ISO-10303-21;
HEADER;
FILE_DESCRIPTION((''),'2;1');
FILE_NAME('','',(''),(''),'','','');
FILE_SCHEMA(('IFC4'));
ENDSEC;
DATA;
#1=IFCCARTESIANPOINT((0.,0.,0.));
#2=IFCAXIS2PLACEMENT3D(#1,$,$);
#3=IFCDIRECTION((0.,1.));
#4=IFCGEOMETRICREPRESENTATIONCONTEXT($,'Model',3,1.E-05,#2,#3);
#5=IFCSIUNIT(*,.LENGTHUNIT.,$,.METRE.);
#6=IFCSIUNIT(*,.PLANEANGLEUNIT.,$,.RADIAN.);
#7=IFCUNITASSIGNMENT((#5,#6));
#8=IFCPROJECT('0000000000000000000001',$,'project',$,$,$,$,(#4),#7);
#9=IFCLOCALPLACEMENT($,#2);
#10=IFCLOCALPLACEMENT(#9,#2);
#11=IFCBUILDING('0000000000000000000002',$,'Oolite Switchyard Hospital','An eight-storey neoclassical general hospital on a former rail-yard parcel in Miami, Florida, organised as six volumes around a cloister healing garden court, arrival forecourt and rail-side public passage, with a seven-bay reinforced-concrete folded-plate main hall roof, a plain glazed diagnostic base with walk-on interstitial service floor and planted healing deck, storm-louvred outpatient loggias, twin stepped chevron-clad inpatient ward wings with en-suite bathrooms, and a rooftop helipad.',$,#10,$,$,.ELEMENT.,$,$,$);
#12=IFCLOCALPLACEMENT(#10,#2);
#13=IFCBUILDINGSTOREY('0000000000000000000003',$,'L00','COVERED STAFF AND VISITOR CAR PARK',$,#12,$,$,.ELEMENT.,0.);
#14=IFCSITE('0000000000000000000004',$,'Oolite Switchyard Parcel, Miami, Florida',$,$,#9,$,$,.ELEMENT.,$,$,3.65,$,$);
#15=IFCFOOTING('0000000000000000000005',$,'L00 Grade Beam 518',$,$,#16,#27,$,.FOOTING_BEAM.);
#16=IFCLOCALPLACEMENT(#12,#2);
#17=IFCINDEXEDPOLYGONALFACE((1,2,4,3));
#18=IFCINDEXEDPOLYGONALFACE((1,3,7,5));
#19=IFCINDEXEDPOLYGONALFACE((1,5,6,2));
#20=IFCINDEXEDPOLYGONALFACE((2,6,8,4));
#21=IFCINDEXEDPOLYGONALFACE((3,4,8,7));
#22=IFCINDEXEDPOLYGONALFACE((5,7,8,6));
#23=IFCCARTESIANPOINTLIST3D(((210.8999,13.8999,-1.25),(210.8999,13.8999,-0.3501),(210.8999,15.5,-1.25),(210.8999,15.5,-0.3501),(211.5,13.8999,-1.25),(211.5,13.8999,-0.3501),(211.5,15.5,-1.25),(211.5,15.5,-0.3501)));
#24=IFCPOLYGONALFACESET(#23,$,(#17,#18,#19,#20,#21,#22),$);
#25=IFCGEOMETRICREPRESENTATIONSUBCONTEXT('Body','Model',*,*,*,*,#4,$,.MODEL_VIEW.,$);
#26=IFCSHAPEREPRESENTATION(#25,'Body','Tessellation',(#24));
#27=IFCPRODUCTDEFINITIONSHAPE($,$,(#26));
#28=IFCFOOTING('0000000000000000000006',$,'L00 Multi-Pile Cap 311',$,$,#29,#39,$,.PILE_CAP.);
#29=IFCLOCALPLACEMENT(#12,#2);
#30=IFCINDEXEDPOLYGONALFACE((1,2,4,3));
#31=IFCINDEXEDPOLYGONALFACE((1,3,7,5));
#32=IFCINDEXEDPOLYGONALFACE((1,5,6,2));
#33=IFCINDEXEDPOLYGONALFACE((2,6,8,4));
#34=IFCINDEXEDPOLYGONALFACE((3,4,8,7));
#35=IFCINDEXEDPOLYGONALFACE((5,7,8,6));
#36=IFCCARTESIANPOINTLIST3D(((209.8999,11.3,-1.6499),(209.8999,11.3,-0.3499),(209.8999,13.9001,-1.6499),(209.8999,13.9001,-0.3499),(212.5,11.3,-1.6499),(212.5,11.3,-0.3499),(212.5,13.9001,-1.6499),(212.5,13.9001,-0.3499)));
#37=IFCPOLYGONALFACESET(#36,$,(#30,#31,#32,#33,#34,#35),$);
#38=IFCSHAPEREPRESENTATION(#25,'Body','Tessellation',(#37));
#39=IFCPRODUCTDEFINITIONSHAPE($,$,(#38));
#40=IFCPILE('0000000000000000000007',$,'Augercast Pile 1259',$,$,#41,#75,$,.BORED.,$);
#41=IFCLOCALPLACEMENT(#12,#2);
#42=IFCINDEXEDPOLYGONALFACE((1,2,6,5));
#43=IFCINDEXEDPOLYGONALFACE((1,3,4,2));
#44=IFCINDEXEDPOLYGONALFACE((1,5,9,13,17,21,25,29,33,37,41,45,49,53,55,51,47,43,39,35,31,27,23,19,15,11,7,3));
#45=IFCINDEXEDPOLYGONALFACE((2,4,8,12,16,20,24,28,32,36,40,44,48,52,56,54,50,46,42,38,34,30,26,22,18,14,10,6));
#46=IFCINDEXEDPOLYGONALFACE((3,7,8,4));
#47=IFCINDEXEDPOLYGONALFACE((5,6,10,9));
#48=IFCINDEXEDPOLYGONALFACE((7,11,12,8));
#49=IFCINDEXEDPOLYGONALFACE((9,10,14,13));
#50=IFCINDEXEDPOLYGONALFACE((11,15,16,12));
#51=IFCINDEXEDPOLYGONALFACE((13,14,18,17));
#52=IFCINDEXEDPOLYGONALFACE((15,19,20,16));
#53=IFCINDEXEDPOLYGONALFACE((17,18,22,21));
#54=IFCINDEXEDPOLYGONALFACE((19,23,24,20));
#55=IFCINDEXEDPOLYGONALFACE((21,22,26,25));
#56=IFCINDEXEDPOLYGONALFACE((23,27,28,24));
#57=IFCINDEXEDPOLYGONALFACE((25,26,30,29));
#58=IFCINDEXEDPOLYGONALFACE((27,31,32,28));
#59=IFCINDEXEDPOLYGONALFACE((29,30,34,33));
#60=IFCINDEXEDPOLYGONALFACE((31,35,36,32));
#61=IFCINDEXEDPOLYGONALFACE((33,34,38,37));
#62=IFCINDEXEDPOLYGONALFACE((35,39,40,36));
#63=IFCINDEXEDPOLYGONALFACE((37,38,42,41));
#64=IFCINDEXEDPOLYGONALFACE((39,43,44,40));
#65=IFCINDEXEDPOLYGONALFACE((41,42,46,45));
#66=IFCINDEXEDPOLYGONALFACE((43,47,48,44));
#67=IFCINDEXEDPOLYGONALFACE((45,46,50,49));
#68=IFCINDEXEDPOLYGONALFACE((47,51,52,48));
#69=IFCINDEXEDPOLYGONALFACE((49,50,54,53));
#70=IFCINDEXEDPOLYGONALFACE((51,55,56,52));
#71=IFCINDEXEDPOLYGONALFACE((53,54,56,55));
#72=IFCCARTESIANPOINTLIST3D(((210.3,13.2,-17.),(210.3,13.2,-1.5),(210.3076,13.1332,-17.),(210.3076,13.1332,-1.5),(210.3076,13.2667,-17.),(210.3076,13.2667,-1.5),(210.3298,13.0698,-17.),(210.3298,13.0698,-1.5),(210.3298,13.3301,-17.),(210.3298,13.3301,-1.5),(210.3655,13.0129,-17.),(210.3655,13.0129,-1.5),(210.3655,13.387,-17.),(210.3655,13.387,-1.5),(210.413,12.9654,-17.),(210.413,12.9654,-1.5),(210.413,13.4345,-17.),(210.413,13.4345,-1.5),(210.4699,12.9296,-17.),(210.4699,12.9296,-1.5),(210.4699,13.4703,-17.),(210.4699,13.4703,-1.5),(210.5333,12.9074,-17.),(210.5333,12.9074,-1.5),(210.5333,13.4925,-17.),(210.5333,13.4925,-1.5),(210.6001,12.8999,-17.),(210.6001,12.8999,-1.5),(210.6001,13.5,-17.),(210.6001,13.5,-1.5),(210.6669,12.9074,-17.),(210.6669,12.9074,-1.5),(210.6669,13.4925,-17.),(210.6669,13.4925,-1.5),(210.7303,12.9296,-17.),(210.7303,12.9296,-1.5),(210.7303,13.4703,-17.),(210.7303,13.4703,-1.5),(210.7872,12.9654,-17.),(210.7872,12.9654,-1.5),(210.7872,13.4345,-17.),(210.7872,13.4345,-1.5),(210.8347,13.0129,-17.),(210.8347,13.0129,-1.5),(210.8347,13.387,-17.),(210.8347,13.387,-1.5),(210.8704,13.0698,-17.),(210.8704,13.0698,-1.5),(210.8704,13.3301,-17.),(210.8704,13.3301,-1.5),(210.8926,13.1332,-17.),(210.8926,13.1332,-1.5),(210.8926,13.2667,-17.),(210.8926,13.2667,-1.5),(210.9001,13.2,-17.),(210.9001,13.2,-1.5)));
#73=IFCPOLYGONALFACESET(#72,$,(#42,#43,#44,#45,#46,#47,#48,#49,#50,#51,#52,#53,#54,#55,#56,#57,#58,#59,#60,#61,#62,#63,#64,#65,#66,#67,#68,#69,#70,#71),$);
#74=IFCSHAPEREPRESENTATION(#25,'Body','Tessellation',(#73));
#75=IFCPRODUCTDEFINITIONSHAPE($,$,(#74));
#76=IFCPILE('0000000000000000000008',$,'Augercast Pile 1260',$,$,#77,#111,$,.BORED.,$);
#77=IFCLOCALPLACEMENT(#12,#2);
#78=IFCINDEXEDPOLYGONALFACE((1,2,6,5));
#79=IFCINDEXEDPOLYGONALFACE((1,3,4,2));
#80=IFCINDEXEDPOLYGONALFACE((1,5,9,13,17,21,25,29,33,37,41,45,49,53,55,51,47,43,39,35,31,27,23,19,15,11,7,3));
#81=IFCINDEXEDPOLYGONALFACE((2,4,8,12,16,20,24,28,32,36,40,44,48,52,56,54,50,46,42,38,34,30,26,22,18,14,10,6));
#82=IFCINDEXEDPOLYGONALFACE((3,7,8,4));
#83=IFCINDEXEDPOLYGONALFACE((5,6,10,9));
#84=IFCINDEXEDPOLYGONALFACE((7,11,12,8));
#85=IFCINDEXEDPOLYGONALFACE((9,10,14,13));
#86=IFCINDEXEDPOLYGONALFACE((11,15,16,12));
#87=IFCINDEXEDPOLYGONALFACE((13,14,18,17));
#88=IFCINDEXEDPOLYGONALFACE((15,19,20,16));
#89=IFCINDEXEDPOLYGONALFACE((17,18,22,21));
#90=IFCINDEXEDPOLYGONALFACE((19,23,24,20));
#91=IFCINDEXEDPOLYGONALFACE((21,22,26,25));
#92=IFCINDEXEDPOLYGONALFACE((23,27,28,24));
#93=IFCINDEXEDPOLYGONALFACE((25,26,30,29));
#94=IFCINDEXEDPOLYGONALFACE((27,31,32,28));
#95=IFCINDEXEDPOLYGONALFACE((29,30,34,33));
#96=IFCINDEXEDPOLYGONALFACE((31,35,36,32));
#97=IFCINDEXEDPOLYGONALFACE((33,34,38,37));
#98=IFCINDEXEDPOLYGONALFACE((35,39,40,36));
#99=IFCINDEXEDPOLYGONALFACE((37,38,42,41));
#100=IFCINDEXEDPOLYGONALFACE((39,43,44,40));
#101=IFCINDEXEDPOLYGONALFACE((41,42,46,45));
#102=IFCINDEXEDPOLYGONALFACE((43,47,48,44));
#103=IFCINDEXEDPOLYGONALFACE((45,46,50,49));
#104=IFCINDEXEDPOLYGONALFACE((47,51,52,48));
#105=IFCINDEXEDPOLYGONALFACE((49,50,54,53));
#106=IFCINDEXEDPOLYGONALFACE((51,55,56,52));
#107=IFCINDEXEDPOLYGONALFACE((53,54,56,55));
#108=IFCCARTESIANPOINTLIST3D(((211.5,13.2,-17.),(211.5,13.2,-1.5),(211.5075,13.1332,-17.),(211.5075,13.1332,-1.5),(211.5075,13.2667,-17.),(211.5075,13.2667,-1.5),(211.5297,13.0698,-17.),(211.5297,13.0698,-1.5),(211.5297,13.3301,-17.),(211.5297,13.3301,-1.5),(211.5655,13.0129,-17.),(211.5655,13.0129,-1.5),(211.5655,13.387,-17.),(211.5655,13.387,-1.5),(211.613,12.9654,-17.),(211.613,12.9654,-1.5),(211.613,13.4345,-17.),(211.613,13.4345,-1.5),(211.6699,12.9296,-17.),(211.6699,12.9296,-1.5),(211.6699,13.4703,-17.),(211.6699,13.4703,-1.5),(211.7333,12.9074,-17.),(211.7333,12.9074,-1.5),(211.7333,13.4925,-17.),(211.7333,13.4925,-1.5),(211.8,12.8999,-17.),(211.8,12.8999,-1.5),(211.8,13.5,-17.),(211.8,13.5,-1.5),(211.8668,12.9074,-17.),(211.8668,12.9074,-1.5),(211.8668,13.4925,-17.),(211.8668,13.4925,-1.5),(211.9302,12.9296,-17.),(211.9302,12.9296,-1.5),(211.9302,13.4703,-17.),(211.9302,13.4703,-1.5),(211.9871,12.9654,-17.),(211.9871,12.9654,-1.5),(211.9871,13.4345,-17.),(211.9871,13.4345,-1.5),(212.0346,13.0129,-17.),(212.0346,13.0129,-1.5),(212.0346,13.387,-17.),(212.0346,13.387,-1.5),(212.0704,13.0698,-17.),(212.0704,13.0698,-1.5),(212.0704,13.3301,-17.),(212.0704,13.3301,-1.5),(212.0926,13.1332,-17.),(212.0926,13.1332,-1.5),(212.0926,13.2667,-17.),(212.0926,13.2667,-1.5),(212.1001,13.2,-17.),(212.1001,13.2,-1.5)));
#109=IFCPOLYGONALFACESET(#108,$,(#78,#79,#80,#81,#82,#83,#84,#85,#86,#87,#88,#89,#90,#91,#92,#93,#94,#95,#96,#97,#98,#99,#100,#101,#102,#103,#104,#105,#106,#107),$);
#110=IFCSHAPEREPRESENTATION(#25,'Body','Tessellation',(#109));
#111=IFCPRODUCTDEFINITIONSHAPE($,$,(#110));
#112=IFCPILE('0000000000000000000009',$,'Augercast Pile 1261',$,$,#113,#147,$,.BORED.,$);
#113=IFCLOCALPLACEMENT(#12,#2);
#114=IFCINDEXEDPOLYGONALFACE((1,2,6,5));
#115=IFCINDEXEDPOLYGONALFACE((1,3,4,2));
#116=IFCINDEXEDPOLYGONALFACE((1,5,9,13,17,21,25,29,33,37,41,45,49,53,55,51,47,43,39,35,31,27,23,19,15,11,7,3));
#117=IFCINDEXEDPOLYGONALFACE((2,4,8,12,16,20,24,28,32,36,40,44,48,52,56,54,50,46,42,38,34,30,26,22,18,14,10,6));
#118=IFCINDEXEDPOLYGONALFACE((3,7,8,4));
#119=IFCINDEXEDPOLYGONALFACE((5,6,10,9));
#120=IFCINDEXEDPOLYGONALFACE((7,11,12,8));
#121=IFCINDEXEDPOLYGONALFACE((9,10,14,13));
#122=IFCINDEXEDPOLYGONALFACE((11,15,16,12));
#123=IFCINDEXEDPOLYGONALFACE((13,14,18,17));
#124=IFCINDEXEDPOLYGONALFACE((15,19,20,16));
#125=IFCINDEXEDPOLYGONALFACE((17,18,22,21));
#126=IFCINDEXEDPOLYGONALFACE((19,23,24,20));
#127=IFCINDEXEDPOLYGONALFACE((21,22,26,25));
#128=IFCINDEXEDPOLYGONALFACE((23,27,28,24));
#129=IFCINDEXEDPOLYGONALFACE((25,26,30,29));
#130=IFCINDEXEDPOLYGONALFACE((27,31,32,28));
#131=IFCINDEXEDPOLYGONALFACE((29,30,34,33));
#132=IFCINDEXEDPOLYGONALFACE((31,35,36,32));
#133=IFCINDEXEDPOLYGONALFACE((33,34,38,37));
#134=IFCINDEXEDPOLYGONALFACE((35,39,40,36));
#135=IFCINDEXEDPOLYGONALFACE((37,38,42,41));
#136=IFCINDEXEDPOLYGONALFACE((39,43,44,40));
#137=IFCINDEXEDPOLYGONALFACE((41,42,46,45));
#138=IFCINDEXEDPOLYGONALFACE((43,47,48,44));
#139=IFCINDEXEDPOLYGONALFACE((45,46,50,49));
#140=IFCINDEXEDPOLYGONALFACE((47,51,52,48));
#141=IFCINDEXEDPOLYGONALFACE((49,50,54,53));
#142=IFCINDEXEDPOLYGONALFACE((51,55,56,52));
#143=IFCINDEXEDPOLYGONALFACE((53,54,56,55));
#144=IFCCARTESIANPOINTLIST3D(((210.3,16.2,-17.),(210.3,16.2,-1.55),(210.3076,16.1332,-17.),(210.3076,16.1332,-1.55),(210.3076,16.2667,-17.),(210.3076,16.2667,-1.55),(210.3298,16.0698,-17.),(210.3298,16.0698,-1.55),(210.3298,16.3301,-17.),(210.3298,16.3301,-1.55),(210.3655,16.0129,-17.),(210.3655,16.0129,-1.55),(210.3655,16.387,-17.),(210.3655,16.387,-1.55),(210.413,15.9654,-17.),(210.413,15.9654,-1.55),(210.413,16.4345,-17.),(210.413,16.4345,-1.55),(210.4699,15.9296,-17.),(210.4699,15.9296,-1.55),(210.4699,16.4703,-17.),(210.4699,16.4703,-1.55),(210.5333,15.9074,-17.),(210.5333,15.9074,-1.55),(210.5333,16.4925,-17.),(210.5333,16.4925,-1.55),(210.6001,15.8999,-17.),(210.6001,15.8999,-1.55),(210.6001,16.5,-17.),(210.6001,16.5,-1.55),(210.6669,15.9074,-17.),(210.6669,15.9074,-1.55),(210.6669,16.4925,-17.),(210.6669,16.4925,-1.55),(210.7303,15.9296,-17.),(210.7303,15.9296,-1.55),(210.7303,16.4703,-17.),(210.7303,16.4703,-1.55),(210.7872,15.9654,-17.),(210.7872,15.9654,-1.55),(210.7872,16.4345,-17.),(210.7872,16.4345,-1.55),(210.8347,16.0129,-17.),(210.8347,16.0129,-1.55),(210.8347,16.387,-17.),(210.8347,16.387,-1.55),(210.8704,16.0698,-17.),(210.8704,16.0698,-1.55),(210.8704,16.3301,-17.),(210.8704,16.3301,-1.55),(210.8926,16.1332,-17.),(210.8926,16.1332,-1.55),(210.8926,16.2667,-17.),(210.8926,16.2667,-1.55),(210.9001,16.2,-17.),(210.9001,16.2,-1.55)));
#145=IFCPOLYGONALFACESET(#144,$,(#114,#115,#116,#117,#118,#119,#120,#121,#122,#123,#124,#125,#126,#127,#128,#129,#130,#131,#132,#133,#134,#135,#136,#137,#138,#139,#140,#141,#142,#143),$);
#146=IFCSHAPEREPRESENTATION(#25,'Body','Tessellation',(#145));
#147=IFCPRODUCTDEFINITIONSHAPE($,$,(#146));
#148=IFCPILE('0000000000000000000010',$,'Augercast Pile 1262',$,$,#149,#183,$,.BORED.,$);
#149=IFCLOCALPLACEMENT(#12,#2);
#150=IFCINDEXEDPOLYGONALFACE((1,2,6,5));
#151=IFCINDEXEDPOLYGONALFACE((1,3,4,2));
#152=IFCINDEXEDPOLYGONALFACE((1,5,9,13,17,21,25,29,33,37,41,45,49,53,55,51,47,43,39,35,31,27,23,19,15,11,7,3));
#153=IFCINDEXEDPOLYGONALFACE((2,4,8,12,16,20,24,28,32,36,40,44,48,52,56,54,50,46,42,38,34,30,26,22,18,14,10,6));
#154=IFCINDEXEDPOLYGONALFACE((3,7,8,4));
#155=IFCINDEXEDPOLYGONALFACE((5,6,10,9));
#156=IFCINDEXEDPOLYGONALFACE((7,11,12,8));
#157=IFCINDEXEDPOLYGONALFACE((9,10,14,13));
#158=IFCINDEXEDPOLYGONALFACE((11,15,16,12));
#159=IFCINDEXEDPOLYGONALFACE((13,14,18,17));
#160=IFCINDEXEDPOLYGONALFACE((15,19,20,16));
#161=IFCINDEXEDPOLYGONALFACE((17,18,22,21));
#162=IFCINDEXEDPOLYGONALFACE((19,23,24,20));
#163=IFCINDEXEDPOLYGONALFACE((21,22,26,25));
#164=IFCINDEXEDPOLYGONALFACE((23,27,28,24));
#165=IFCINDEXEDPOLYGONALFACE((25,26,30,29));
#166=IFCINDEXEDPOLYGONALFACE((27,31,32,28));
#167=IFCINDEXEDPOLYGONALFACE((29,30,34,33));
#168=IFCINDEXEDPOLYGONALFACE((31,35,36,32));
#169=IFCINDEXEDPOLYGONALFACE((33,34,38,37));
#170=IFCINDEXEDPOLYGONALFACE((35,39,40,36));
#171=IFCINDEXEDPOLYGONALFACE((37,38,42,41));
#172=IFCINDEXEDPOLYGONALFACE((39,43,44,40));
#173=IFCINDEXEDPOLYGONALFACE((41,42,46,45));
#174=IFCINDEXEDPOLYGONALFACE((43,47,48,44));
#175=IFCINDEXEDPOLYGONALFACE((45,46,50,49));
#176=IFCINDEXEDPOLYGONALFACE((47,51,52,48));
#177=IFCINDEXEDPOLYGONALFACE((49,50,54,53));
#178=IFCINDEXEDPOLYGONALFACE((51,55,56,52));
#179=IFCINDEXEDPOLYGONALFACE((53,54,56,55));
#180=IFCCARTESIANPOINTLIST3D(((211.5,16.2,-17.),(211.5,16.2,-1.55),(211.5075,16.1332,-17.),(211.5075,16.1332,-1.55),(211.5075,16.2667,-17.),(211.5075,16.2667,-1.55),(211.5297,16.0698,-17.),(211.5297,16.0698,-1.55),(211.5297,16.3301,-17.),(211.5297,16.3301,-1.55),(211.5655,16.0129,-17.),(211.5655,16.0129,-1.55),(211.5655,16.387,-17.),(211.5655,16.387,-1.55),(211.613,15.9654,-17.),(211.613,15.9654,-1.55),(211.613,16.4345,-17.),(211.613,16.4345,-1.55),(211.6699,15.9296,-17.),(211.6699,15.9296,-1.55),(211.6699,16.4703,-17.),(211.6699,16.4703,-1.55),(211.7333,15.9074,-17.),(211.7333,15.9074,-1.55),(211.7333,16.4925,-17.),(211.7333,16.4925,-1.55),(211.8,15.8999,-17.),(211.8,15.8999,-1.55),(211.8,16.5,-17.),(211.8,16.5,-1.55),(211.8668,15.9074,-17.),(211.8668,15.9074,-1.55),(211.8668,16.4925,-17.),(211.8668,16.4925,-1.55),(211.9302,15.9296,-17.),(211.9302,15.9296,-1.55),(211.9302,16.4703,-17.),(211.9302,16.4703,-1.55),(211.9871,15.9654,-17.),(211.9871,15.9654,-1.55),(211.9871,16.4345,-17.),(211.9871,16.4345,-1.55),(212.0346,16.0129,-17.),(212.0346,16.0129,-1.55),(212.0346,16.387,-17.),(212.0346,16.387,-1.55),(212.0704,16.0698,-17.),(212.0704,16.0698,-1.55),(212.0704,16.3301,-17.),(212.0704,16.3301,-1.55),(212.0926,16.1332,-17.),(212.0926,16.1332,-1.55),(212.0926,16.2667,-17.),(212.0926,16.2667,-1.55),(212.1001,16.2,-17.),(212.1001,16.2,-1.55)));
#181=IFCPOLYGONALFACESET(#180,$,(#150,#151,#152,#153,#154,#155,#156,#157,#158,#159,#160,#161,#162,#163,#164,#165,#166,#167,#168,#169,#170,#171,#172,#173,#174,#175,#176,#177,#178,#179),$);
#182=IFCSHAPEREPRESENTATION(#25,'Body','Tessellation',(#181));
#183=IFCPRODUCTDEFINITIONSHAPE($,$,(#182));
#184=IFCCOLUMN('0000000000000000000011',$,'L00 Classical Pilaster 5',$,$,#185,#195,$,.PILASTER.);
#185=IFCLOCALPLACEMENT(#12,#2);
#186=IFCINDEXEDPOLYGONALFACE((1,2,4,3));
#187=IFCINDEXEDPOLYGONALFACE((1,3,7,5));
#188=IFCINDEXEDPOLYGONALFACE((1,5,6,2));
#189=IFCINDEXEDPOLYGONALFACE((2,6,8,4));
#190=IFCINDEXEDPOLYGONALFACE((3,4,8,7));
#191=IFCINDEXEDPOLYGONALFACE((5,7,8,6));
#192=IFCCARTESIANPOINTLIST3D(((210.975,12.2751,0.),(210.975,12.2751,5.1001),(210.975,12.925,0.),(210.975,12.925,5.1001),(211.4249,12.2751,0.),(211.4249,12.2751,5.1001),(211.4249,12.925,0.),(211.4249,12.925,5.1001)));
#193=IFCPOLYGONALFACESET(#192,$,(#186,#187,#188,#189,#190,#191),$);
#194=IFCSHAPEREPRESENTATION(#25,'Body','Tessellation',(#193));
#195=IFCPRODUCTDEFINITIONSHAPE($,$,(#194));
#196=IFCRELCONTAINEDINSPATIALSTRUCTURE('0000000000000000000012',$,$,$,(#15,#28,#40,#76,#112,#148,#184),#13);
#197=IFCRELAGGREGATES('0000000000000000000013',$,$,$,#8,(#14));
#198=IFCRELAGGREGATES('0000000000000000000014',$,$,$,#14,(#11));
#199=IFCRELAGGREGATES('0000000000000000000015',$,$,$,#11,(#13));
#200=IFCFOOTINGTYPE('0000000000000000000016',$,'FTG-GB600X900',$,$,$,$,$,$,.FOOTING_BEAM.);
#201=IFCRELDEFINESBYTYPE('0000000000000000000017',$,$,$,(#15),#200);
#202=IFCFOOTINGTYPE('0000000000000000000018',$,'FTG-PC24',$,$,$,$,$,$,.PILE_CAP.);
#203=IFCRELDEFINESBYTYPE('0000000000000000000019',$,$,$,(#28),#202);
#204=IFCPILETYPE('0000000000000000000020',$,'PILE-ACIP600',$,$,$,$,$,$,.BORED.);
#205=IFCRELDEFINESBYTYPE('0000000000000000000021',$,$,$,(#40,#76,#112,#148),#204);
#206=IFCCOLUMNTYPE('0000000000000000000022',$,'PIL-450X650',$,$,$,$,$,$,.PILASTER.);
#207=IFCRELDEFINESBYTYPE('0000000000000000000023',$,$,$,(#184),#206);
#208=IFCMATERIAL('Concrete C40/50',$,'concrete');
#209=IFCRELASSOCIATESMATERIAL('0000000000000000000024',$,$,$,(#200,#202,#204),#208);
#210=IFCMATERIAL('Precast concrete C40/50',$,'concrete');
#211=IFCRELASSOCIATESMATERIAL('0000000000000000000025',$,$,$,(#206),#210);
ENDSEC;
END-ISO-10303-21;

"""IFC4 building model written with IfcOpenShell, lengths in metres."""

from ifc_helpers import new_model, si_unit, direction, frame, origin, origin_2d, place, context, subcontext, project, spatial, rectangle, circle, extrude, material, material_profile, profile_set, type_object, element, save


model = new_model("IFC4")

# Units and contexts
model_context = context("Model", 3, precision=1e-05, world=origin(), true_north=direction((0.0, 1.0)))
body_context = subcontext(model_context, "Body", "Model", "MODEL_VIEW")
ifc_project = project(units=[si_unit("LENGTHUNIT", "METRE"), si_unit("PLANEANGLEUNIT", "RADIAN")], contexts=[model_context])

# Site, building, storey
site_placement = place(None, origin())
site = spatial("IfcSite", under=ifc_project, at=site_placement, Name="Oolite Switchyard Parcel, Miami, Florida", CompositionType="ELEMENT", RefElevation=3.65)
building_placement = place(site_placement, origin())
building = spatial("IfcBuilding", under=site, at=building_placement, Name="Oolite Switchyard Hospital", Description="An eight-storey neoclassical general hospital on a former rail-yard parcel in Miami, Florida, organised as six volumes around a cloister healing garden court, arrival forecourt and rail-side public passage, with a seven-bay reinforced-concrete folded-plate main hall roof, a plain glazed diagnostic base with walk-on interstitial service floor and planted healing deck, storm-louvred outpatient loggias, twin stepped chevron-clad inpatient ward wings with en-suite bathrooms, and a rooftop helipad.", CompositionType="ELEMENT")
storey_placement = place(building_placement, origin())
storey = spatial("IfcBuildingStorey", under=building, at=storey_placement, Name="L00", Description="COVERED STAFF AND VISITOR CAR PARK", CompositionType="ELEMENT", Elevation=0.0)

# Footings
ifc_material_1 = material(Name="Concrete C40/50", Category="concrete")
footing_type_1 = type_object("IfcFootingType", Name="FTG-GB600X900", PredefinedType="FOOTING_BEAM", material=ifc_material_1)
footing_1_placement = place(storey_placement, frame((211.2, 14.7, -1.25), z_axis=(0.0, 0.0, 1.0), x_axis=(0.0, 1.0, 0.0)))
element("IfcFooting", 1, at=footing_1_placement, inside=storey, type_object=footing_type_1, Name="L00 Grade Beam 518", PredefinedType="FOOTING_BEAM", context=body_context, shape_type="SweptSolid", body=[
    extrude(rectangle(XDim=1.6001, YDim=0.6001, at=origin_2d()), origin(), (0.0, 0.0, 1.0), 0.8999),
])
footing_type_2 = type_object("IfcFootingType", Name="FTG-PC24", PredefinedType="PILE_CAP", material=ifc_material_1)
footing_2_placement = place(storey_placement, frame((211.2, 12.6001, -1.6499), z_axis=(0.0, 0.0, 1.0), x_axis=(1.0, 0.0, 0.0)))
element("IfcFooting", 2, at=footing_2_placement, inside=storey, type_object=footing_type_2, Name="L00 Multi-Pile Cap 311", PredefinedType="PILE_CAP", context=body_context, shape_type="SweptSolid", body=[
    extrude(rectangle(XDim=2.6001, YDim=2.6001, at=origin_2d()), origin(), (0.0, 0.0, 1.0), 1.3),
])

# Piles
ifc_material_profile_1 = material_profile(ifc_material_1, circle(Radius=0.3, at=origin_2d()), Name="PILE600")
ifc_profile_set_1 = profile_set([ifc_material_profile_1], Name="Concrete C40/50")
pile_type = type_object("IfcPileType", Name="PILE-ACIP600", PredefinedType="BORED", material=ifc_profile_set_1)
for number, where, z_axis, x_axis, name in (
    (3, (210.6001, 13.2, -1.5), (0.0, 0.0, -1.0), (1.0, 0.0, 0.0), "Augercast Pile 1259"),
    (4, (211.8, 13.2, -1.5), (0.0, 0.0, -1.0), (1.0, 0.0, 0.0), "Augercast Pile 1260"),
):
    element("IfcPile", number, at=place(storey_placement, frame(where, z_axis=z_axis, x_axis=x_axis)), inside=storey, type_object=pile_type, Name=name, PredefinedType="BORED", context=body_context, shape_type="SweptSolid", body=[
        extrude(circle(Radius=0.3, at=origin_2d()), origin(), (0.0, 0.0, 1.0), 15.5),
    ])
for number, where, z_axis, x_axis, name in (
    (5, (210.6001, 16.2, -1.55), (0.0, 0.0, -1.0), (1.0, 0.0, 0.0), "Augercast Pile 1261"),
    (6, (211.8, 16.2, -1.55), (0.0, 0.0, -1.0), (1.0, 0.0, 0.0), "Augercast Pile 1262"),
):
    element("IfcPile", number, at=place(storey_placement, frame(where, z_axis=z_axis, x_axis=x_axis)), inside=storey, type_object=pile_type, Name=name, PredefinedType="BORED", context=body_context, shape_type="SweptSolid", body=[
        extrude(circle(Radius=0.3, at=origin_2d()), origin(), (0.0, 0.0, 1.0), 15.45),
    ])

# Column
ifc_material_2 = material(Name="Precast concrete C40/50", Category="concrete")
ifc_material_profile_2 = material_profile(ifc_material_2, rectangle(XDim=0.45, YDim=0.6499, at=origin_2d()), Name="PIL450X650")
ifc_profile_set_2 = profile_set([ifc_material_profile_2], Name="Precast concrete C40/50")
column_type = type_object("IfcColumnType", Name="PIL-450X650", PredefinedType="PILASTER", material=ifc_profile_set_2)
column_placement = place(storey_placement, frame((211.2, 12.6001, 0.0), z_axis=(0.0, 0.0, 1.0), x_axis=(1.0, 0.0, 0.0)))
element("IfcColumn", 7, at=column_placement, inside=storey, type_object=column_type, Name="L00 Classical Pilaster 5", PredefinedType="PILASTER", context=body_context, shape_type="SweptSolid", body=[
    extrude(rectangle(XDim=0.45, YDim=0.6499, at=origin_2d()), origin(), (0.0, 0.0, 1.0), 5.1001),
])

save(model, "model.ifc")
